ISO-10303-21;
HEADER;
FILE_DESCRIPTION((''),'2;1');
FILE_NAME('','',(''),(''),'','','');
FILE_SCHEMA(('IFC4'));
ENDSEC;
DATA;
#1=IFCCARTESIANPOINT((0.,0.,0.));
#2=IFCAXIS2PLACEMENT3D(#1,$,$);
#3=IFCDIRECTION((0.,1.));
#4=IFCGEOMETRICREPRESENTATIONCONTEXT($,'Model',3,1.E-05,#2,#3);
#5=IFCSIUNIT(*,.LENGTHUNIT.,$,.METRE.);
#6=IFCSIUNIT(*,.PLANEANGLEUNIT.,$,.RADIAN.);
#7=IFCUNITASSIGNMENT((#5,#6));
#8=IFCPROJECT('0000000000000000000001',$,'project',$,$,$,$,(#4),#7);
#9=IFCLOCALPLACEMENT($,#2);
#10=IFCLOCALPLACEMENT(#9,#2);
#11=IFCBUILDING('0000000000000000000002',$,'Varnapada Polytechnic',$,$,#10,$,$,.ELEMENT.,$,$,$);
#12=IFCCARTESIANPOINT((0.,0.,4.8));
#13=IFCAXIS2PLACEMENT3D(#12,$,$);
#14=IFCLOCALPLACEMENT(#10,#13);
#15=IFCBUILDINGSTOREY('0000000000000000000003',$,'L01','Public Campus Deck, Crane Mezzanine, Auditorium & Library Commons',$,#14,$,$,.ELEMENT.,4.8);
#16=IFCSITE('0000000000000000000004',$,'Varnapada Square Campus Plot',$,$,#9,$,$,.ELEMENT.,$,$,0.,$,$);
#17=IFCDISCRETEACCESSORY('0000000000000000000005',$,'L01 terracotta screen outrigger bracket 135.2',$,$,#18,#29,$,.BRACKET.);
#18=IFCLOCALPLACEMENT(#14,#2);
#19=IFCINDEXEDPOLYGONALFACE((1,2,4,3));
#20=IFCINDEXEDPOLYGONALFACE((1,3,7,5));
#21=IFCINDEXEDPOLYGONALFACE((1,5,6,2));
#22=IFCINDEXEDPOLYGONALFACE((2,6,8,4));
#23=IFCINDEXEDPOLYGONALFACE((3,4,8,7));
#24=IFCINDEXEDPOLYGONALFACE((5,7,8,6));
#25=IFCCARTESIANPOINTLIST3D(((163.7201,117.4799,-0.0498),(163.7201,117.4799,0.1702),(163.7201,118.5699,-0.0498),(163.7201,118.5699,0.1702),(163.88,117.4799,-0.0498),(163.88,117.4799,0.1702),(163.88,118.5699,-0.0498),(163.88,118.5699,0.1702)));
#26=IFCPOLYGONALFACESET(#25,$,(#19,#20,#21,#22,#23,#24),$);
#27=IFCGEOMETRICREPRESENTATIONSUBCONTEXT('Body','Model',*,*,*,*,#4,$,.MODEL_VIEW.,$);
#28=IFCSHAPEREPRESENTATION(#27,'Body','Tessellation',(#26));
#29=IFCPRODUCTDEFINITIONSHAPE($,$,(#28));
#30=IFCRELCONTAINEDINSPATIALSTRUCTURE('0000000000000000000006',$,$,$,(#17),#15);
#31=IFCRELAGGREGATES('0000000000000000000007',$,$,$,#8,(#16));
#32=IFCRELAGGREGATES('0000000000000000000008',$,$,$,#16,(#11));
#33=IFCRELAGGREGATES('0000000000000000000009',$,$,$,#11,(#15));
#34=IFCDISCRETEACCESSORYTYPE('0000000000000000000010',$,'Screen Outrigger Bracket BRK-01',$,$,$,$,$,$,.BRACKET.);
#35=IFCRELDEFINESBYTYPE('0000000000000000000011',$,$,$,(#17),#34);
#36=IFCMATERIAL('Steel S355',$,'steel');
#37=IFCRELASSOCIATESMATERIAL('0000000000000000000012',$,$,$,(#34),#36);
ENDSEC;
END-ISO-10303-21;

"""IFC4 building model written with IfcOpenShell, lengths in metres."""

from ifc_helpers import new_model, si_unit, direction, frame, origin, origin_2d, place, context, subcontext, project, spatial, rectangle, extrude, material, type_object, element, save


model = new_model("IFC4")

# Units and contexts
model_context = context("Model", 3, precision=1e-05, world=origin(), true_north=direction((0.0, 1.0)))
body_context = subcontext(model_context, "Body", "Model", "MODEL_VIEW")
ifc_project = project(units=[si_unit("LENGTHUNIT", "METRE"), si_unit("PLANEANGLEUNIT", "RADIAN")], contexts=[model_context])

# Site, building, storey
site_placement = place(None, origin())
site = spatial("IfcSite", under=ifc_project, at=site_placement, Name="Varnapada Square Campus Plot", CompositionType="ELEMENT", RefElevation=0.0)
building_placement = place(site_placement, origin())
building = spatial("IfcBuilding", under=site, at=building_placement, Name="Varnapada Polytechnic", CompositionType="ELEMENT")
storey_placement = place(building_placement, frame((0.0, 0.0, 4.8)))
storey = spatial("IfcBuildingStorey", under=building, at=storey_placement, Name="L01", Description="Public Campus Deck, Crane Mezzanine, Auditorium & Library Commons", CompositionType="ELEMENT", Elevation=4.8)

# Shared definitions
ifc_material_1 = material(Name="Steel S355", Category="steel")

# Discrete accessory
discrete_accessory_type = type_object("IfcDiscreteAccessoryType", Name="Screen Outrigger Bracket BRK-01", PredefinedType="BRACKET", material=ifc_material_1)
for number, where, z_axis, x_axis, name in (
    (1, (163.8, 118.0249, -0.0498), (0.0, 0.0, 1.0), (1.0, 0.0, 0.0), "L01 terracotta screen outrigger bracket 135.2"),
):
    element("IfcDiscreteAccessory", number, at=place(storey_placement, frame(where, z_axis=z_axis, x_axis=x_axis)), inside=storey, type_object=discrete_accessory_type, Name=name, PredefinedType="BRACKET", context=body_context, shape_type="SweptSolid", body=[
        extrude(rectangle(XDim=0.1599, YDim=1.0901, at=origin_2d()), origin(), (0.0, 0.0, 1.0), 0.22),
    ])

save(model, "model.ifc")
